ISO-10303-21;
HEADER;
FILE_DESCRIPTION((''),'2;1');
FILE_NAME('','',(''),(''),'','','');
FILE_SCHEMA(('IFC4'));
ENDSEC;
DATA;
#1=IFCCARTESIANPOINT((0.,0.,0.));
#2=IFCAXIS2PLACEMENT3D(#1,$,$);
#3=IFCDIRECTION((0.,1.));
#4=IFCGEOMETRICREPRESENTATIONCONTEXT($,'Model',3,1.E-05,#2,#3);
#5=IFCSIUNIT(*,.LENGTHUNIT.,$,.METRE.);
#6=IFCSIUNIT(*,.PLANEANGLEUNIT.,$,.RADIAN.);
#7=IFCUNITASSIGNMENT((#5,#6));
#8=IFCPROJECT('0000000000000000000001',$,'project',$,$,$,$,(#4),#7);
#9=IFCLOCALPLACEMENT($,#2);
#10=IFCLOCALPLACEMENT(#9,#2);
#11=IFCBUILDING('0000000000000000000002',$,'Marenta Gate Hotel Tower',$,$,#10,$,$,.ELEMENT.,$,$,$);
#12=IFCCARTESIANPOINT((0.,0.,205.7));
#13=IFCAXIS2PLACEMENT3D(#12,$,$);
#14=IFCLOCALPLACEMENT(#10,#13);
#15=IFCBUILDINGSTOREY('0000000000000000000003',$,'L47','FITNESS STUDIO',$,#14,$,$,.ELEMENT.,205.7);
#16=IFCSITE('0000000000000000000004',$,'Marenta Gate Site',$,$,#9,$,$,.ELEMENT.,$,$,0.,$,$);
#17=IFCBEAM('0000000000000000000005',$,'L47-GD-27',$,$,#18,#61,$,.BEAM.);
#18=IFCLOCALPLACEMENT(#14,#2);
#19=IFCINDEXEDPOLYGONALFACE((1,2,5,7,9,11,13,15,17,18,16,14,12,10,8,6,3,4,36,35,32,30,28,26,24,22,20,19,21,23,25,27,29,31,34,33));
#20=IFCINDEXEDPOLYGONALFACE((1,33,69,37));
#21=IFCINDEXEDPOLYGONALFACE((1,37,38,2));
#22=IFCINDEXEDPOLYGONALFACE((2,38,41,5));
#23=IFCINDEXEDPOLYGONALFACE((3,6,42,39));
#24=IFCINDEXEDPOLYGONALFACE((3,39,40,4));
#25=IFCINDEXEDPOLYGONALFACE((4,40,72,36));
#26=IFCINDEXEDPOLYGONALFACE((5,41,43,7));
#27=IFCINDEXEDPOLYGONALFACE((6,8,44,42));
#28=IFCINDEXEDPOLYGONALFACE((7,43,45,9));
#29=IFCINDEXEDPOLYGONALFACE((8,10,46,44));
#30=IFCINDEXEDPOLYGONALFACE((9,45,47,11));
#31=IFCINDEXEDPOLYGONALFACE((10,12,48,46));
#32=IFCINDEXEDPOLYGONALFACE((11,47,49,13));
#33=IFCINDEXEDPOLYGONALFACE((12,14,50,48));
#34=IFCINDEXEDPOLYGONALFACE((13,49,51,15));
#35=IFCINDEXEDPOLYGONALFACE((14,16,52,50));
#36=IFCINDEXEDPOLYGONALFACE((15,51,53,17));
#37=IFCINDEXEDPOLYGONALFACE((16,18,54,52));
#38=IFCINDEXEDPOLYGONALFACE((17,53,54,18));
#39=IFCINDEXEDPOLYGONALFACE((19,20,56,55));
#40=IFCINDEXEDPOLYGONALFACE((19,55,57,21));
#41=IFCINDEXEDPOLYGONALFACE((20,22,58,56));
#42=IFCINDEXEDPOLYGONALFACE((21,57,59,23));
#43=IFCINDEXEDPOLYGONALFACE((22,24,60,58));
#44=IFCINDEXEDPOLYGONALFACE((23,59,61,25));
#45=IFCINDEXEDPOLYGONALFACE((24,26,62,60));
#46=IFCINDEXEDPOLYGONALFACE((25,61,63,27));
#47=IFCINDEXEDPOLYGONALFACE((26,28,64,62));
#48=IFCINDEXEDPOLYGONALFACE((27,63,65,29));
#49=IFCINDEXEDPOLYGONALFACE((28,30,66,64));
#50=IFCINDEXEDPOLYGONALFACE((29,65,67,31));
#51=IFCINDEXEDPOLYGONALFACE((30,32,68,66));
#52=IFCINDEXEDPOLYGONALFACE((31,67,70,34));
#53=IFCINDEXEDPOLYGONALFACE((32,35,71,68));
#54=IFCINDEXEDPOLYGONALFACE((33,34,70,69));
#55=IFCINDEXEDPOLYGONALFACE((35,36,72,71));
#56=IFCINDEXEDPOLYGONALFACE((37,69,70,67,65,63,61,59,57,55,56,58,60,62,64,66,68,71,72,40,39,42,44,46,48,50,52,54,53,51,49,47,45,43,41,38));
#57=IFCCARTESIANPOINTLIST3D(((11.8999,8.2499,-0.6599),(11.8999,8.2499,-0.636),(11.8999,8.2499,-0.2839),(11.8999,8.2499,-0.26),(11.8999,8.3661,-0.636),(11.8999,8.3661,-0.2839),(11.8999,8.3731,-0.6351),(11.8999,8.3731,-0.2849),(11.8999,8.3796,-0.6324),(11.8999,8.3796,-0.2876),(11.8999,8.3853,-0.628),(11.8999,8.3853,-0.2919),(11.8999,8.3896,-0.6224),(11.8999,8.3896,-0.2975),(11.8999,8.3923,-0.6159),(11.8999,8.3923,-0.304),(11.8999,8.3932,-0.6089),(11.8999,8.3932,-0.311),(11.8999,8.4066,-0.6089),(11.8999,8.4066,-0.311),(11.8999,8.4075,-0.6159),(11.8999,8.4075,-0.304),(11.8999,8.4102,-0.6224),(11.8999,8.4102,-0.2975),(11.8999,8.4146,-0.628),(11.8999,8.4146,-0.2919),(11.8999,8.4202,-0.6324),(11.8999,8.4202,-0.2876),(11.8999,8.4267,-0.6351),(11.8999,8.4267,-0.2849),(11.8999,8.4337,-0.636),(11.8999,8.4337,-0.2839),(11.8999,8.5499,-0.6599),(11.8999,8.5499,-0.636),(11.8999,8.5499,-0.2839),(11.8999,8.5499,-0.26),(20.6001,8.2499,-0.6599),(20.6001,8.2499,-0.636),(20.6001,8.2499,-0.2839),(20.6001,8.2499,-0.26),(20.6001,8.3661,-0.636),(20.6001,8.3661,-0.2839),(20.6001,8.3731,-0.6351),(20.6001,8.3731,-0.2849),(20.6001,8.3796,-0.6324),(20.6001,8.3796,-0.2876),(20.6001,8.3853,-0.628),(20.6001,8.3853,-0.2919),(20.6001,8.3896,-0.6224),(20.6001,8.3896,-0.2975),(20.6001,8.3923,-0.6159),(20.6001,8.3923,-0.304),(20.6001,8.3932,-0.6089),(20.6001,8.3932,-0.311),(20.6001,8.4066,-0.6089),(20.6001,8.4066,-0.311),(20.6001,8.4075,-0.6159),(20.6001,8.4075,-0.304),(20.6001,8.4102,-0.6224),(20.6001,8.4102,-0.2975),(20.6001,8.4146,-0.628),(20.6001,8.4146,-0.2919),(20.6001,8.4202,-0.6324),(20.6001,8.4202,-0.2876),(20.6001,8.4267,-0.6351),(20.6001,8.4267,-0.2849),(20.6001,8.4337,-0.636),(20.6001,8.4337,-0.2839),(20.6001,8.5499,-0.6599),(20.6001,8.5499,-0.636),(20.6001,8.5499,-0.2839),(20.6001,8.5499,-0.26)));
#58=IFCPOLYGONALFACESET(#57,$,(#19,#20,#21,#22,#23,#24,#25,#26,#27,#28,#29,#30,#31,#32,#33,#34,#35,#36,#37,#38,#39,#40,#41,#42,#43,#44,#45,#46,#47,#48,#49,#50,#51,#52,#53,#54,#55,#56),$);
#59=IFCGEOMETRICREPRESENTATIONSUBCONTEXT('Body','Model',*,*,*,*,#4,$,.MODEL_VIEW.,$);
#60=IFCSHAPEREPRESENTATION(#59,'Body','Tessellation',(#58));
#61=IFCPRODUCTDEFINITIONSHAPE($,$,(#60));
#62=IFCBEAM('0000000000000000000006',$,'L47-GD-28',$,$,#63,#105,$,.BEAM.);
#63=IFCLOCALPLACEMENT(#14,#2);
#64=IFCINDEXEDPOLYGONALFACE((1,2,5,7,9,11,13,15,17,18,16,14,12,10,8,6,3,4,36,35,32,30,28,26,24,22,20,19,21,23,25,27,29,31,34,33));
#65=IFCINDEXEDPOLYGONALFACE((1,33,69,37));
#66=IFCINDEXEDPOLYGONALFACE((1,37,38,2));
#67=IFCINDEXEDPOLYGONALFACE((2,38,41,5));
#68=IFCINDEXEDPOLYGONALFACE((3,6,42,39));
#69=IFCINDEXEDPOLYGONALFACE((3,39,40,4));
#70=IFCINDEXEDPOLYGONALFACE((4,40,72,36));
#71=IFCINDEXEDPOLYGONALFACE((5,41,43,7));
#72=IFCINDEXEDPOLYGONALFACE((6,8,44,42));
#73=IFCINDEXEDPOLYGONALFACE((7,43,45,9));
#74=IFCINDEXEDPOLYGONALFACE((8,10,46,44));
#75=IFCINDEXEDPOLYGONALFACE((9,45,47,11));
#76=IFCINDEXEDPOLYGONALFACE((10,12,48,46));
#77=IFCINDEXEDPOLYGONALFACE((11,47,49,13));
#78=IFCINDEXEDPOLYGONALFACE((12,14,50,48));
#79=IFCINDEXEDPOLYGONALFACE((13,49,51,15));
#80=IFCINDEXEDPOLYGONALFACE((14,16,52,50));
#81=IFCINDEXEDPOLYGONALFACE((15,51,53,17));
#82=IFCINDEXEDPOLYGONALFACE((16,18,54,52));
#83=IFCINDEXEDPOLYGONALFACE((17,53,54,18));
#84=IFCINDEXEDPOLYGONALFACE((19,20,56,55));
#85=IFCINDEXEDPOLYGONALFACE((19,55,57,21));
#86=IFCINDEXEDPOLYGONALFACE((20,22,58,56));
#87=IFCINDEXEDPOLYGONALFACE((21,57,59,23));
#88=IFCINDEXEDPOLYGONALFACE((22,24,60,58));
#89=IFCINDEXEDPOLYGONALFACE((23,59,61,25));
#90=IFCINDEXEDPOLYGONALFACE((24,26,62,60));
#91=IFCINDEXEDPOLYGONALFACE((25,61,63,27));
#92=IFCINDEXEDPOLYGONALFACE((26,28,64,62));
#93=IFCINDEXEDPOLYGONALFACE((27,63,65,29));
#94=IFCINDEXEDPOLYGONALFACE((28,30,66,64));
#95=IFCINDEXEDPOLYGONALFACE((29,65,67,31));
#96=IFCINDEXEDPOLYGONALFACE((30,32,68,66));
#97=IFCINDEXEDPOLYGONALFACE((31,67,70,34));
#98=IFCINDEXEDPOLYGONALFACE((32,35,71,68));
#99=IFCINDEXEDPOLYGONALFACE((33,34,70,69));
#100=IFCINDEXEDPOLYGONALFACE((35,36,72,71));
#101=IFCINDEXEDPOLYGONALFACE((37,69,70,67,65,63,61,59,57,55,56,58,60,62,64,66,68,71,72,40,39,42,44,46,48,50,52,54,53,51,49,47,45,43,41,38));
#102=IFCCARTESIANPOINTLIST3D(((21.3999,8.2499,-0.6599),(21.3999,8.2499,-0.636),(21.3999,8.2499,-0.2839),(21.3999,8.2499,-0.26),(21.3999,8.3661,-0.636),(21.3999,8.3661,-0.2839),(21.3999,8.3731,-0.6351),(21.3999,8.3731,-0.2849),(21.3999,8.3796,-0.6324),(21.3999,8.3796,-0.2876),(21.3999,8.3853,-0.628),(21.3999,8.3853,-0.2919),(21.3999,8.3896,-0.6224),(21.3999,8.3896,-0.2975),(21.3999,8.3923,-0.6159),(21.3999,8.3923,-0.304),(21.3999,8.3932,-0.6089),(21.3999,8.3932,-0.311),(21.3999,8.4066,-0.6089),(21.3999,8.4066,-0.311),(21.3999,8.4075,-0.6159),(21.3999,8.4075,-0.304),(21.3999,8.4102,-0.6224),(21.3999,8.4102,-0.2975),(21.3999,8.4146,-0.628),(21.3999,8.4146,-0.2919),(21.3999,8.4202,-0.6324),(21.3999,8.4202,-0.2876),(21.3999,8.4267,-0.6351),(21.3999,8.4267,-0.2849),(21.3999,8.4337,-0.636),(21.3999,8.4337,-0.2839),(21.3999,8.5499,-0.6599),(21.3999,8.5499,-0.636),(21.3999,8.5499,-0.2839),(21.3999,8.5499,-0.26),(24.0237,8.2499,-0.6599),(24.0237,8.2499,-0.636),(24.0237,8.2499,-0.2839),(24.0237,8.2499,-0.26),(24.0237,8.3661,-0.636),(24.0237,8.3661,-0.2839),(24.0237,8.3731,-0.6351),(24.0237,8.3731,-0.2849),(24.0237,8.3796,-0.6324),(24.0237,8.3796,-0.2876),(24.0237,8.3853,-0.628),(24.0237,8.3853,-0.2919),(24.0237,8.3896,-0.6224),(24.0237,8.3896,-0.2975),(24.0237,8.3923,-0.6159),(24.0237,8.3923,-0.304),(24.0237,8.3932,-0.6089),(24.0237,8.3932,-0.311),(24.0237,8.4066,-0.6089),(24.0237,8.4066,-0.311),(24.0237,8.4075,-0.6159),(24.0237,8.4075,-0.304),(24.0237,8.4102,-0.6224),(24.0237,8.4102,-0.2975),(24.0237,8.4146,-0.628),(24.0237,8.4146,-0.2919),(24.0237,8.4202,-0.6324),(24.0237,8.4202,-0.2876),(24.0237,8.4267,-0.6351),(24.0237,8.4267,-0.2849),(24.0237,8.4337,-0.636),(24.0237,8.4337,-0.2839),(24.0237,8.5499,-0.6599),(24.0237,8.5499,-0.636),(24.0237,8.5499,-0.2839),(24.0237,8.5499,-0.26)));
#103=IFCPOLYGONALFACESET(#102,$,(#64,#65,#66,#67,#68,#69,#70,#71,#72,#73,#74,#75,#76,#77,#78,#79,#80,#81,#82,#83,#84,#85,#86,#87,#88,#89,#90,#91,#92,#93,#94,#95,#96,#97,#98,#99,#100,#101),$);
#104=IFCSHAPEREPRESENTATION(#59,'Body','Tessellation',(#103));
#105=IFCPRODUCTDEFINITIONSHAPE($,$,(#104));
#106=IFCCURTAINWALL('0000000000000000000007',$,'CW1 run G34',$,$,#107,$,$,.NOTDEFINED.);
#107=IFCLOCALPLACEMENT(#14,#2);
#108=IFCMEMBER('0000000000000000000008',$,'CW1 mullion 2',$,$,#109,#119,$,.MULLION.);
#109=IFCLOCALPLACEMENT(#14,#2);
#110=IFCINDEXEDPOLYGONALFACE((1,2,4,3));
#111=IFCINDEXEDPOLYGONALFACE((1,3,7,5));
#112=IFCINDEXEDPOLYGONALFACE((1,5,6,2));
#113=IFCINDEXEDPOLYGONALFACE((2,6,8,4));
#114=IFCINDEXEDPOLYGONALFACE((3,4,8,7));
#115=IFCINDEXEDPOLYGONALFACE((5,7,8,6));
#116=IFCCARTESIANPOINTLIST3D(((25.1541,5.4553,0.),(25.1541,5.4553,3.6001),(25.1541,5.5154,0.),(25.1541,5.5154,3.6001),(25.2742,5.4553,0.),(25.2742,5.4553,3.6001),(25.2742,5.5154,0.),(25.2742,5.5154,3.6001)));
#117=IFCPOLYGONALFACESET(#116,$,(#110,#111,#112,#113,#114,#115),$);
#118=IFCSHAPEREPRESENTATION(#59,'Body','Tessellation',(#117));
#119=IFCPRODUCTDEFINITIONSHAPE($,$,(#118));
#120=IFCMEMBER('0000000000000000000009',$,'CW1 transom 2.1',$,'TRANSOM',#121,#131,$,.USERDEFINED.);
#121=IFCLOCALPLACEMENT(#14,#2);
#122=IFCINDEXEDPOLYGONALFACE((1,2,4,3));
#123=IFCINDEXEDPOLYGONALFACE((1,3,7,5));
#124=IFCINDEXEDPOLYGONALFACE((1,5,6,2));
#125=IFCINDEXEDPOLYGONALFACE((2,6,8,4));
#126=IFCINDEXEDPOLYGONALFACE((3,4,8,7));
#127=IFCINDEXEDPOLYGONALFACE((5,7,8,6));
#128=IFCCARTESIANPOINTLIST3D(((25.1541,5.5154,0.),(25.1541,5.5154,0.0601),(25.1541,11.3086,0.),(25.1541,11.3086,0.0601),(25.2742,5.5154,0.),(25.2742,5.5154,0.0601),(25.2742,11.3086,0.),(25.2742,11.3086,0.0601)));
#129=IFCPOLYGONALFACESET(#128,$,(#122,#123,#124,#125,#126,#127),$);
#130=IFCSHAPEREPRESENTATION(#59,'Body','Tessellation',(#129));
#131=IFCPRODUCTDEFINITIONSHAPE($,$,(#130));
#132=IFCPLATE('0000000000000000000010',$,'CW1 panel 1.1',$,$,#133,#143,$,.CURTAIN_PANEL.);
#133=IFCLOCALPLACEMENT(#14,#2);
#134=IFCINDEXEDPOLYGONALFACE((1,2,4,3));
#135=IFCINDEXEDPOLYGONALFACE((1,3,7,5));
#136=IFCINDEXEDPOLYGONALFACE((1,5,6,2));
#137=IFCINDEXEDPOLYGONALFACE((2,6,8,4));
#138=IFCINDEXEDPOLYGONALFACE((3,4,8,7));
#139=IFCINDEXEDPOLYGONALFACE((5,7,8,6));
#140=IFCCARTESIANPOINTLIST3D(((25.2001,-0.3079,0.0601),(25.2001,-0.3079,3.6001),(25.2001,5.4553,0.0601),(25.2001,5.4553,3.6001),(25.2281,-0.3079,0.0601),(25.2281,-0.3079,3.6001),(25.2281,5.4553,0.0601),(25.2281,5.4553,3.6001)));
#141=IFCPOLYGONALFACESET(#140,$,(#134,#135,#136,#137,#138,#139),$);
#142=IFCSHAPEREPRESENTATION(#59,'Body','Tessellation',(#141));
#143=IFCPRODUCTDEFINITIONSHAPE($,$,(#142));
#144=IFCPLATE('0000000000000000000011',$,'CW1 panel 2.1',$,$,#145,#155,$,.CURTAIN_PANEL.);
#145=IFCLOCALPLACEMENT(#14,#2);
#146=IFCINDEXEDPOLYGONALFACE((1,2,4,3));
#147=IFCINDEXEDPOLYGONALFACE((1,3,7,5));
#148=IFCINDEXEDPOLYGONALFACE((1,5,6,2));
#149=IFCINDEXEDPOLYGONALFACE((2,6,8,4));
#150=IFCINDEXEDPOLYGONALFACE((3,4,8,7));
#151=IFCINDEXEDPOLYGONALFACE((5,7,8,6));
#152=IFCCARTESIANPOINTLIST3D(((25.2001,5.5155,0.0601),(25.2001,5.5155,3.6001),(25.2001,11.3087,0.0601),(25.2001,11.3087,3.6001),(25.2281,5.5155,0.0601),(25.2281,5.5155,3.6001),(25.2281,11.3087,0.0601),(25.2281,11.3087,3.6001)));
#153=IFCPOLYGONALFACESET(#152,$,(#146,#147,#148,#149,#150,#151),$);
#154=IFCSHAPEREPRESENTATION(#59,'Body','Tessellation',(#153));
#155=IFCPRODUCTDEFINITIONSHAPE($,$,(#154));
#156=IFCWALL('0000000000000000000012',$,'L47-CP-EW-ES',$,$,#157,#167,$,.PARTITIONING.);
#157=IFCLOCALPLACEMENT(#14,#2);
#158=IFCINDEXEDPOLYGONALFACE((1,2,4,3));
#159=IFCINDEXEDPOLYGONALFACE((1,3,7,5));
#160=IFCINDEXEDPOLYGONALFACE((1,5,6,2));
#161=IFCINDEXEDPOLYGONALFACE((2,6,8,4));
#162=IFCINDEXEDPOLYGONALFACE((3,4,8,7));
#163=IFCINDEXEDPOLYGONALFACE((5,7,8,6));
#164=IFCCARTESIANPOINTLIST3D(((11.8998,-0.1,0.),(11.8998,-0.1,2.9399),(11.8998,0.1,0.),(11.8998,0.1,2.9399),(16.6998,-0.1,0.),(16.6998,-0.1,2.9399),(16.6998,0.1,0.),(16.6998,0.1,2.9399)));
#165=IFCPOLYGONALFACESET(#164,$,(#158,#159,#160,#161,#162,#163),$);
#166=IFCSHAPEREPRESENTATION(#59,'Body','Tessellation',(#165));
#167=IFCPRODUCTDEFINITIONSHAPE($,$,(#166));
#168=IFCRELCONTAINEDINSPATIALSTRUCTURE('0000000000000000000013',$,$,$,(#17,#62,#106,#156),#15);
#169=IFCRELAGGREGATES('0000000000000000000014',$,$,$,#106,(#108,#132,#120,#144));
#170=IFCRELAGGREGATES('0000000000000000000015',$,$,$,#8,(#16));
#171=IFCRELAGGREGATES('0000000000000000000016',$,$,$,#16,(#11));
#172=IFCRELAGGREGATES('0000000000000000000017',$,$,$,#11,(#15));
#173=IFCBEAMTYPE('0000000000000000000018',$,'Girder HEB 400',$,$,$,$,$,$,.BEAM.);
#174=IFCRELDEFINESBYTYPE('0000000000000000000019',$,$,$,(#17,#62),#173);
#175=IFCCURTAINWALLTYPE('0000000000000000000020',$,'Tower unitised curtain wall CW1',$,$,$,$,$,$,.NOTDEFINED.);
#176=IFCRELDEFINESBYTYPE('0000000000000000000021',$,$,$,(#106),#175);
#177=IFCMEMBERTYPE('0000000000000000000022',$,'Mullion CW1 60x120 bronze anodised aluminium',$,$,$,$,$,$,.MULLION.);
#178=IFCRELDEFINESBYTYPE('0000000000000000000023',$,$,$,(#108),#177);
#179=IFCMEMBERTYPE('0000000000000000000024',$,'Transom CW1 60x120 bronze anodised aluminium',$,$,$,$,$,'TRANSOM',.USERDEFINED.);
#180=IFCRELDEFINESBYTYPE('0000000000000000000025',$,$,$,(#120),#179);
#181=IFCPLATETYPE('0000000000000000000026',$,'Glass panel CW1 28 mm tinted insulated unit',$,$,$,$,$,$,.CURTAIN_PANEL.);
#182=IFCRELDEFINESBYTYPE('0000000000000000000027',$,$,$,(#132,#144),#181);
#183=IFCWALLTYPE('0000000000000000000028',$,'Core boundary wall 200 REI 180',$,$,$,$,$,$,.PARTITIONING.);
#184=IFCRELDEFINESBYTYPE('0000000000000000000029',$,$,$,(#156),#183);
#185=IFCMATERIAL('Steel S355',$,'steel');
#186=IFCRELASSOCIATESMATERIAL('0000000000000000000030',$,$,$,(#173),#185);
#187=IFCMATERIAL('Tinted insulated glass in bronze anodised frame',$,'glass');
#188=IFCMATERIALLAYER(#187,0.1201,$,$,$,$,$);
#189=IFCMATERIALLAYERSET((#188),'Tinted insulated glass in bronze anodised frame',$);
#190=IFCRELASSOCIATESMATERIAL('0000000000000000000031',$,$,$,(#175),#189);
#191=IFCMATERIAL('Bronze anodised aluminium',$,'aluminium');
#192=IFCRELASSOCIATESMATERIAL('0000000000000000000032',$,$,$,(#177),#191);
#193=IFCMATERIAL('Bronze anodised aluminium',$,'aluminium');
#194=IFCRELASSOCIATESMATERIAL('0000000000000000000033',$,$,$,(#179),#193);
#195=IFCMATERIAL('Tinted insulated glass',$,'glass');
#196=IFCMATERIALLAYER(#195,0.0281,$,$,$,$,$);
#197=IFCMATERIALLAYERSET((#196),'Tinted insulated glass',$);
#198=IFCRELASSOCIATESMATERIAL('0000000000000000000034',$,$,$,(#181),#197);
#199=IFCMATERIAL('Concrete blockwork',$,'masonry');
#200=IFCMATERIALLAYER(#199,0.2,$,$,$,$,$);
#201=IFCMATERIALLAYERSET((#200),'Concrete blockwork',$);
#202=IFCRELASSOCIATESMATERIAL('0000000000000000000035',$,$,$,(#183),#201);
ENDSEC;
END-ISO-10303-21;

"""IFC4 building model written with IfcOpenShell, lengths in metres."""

from ifc_helpers import new_model, si_unit, direction, frame, frame_2d, origin, origin_2d, place, context, subcontext, project, spatial, rectangle, i_section, extrude, material, layer, layer_set, material_profile, profile_set, type_object, element, aggregate, save


model = new_model("IFC4")

# Units and contexts
model_context = context("Model", 3, precision=1e-05, world=origin(), true_north=direction((0.0, 1.0)))
body_context = subcontext(model_context, "Body", "Model", "MODEL_VIEW")
ifc_project = project(units=[si_unit("LENGTHUNIT", "METRE"), si_unit("PLANEANGLEUNIT", "RADIAN")], contexts=[model_context])

# Site, building, storey
site_placement = place(None, origin())
site = spatial("IfcSite", under=ifc_project, at=site_placement, Name="Marenta Gate Site", CompositionType="ELEMENT", RefElevation=0.0)
building_placement = place(site_placement, origin())
building = spatial("IfcBuilding", under=site, at=building_placement, Name="Marenta Gate Hotel Tower", CompositionType="ELEMENT")
storey_placement = place(building_placement, frame((0.0, 0.0, 205.7)))
storey = spatial("IfcBuildingStorey", under=building, at=storey_placement, Name="L47", Description="FITNESS STUDIO", CompositionType="ELEMENT", Elevation=205.7)

# Beams
ifc_material_1 = material(Name="Steel S355", Category="steel")
ifc_material_profile_1 = material_profile(ifc_material_1, i_section(OverallWidth=0.3, OverallDepth=0.3999, WebThickness=0.0134, FlangeThickness=0.0239, FilletRadius=0.0271, at=origin_2d()), Name="HEB 400")
ifc_profile_set_1 = profile_set([ifc_material_profile_1], Name="Steel S355")
beam_type_1 = type_object("IfcBeamType", Name="Girder HEB 400", PredefinedType="BEAM", material=ifc_profile_set_1)
beam_1_placement = place(storey_placement, frame((11.8999, 8.3999, -0.46), z_axis=(1.0, 0.0, 0.0), x_axis=(0.0, 1.0, 0.0)))
element("IfcBeam", 1, at=beam_1_placement, inside=storey, type_object=beam_type_1, Name="L47-GD-27", PredefinedType="BEAM", context=body_context, shape_type="SweptSolid", body=[
    extrude(i_section(OverallWidth=0.3, OverallDepth=0.3999, WebThickness=0.0134, FlangeThickness=0.0239, FilletRadius=0.0271, at=origin_2d()), origin(), (0.0, 0.0, 1.0), 8.7002),
])
beam_2_placement = place(storey_placement, frame((21.3999, 8.3999, -0.46), z_axis=(1.0, 0.0, 0.0), x_axis=(0.0, 1.0, 0.0)))
element("IfcBeam", 2, at=beam_2_placement, inside=storey, type_object=beam_type_1, Name="L47-GD-28", PredefinedType="BEAM", context=body_context, shape_type="SweptSolid", body=[
    extrude(i_section(OverallWidth=0.3, OverallDepth=0.3999, WebThickness=0.0134, FlangeThickness=0.0239, FilletRadius=0.0271, at=origin_2d()), origin(), (0.0, 0.0, 1.0), 2.6238),
])

# Curtain wall, members, plates
ifc_material_2 = material(Name="Tinted insulated glass in bronze anodised frame", Category="glass")
ifc_layer_1 = layer(ifc_material_2, 0.1201)
ifc_layer_set_1 = layer_set([ifc_layer_1], Name="Tinted insulated glass in bronze anodised frame")
curtain_wall_type = type_object("IfcCurtainWallType", Name="Tower unitised curtain wall CW1", PredefinedType="NOTDEFINED", material=ifc_layer_set_1)
curtain_wall_placement = place(storey_placement, origin())
curtain_wall = element("IfcCurtainWall", 3, at=curtain_wall_placement, inside=storey, type_object=curtain_wall_type, Name="CW1 run G34", PredefinedType="NOTDEFINED")
ifc_material_3 = material(Name="Bronze anodised aluminium", Category="aluminium")
ifc_material_profile_2 = material_profile(ifc_material_3, rectangle(XDim=0.1201, YDim=0.0601, at=origin_2d()), Name="Mullion CW1 60x120 bronze anodised aluminium")
ifc_profile_set_2 = profile_set([ifc_material_profile_2], Name="Bronze anodised aluminium")
member_type_1 = type_object("IfcMemberType", Name="Mullion CW1 60x120 bronze anodised aluminium", PredefinedType="MULLION", material=ifc_profile_set_2)
member_1_placement = place(storey_placement, frame((25.2141, 5.4854, 0.0), z_axis=(0.0, 0.0, 1.0), x_axis=(-1.0, 0.0, 0.0)))
member_1 = element("IfcMember", 4, at=member_1_placement, type_object=member_type_1, Name="CW1 mullion 2", PredefinedType="MULLION", context=body_context, shape_type="SweptSolid", body=[
    extrude(rectangle(XDim=0.1201, YDim=0.0601, at=origin_2d()), origin(), (0.0, 0.0, 1.0), 3.6001),
])
ifc_material_4 = material(Name="Bronze anodised aluminium", Category="aluminium")
ifc_material_profile_3 = material_profile(ifc_material_4, rectangle(XDim=0.1201, YDim=0.0601, at=origin_2d()), Name="Transom CW1 60x120 bronze anodised aluminium")
ifc_profile_set_3 = profile_set([ifc_material_profile_3], Name="Bronze anodised aluminium")
member_type_2 = type_object("IfcMemberType", Name="Transom CW1 60x120 bronze anodised aluminium", ElementType="TRANSOM", PredefinedType="USERDEFINED", material=ifc_profile_set_3)
member_2_placement = place(storey_placement, frame((25.2141, 5.5154, 0.03), z_axis=(0.0, 1.0, 0.0), x_axis=(-1.0, 0.0, 0.0)))
member_2 = element("IfcMember", 5, at=member_2_placement, type_object=member_type_2, Name="CW1 transom 2.1", ObjectType="TRANSOM", PredefinedType="USERDEFINED", context=body_context, shape_type="SweptSolid", body=[
    extrude(rectangle(XDim=0.1201, YDim=0.0601, at=origin_2d()), origin(), (0.0, 0.0, 1.0), 5.7932),
])
ifc_material_5 = material(Name="Tinted insulated glass", Category="glass")
ifc_layer_2 = layer(ifc_material_5, 0.0281)
ifc_layer_set_2 = layer_set([ifc_layer_2], Name="Tinted insulated glass")
plate_type = type_object("IfcPlateType", Name="Glass panel CW1 28 mm tinted insulated unit", PredefinedType="CURTAIN_PANEL", material=ifc_layer_set_2)
plate_1_placement = place(storey_placement, frame((25.2141, 2.5737, 0.0601), z_axis=(0.0, 0.0, 1.0), x_axis=(0.0, 1.0, 0.0)))
plate_1 = element("IfcPlate", 6, at=plate_1_placement, type_object=plate_type, Name="CW1 panel 1.1", PredefinedType="CURTAIN_PANEL", context=body_context, shape_type="SweptSolid", body=[
    extrude(rectangle(XDim=5.7632, YDim=0.0281, at=origin_2d()), origin(), (0.0, 0.0, 1.0), 3.54),
])
plate_2_placement = place(storey_placement, frame((25.2141, 8.4121, 0.0601), z_axis=(0.0, 0.0, 1.0), x_axis=(0.0, 1.0, 0.0)))
plate_2 = element("IfcPlate", 7, at=plate_2_placement, type_object=plate_type, Name="CW1 panel 2.1", PredefinedType="CURTAIN_PANEL", context=body_context, shape_type="SweptSolid", body=[
    extrude(rectangle(XDim=5.7932, YDim=0.0281, at=origin_2d()), origin(), (0.0, 0.0, 1.0), 3.54),
])
aggregate(curtain_wall, [member_1, plate_1, member_2, plate_2])

# Shared definitions
ifc_material_6 = material(Name="Concrete blockwork", Category="masonry")
ifc_layer_3 = layer(ifc_material_6, 0.2)
ifc_layer_set_3 = layer_set([ifc_layer_3], Name="Concrete blockwork")
wall_type_1 = type_object("IfcWallType", Name="Core boundary wall 200 REI 180", PredefinedType="PARTITIONING", material=ifc_layer_set_3)

# Wall
wall_1_placement = place(storey_placement, frame((11.8999, 0.0, 0.0), z_axis=(0.0, 0.0, 1.0), x_axis=(1.0, 0.0, 0.0)))
element("IfcWall", 8, at=wall_1_placement, inside=storey, type_object=wall_type_1, Name="L47-CP-EW-ES", PredefinedType="PARTITIONING", context=body_context, shape_type="SweptSolid", body=[
    extrude(rectangle(XDim=4.8, YDim=0.2, at=frame_2d((2.3999, 0.0))), origin(), (0.0, 0.0, 1.0), 2.9399),
])

save(model, "model.ifc")
